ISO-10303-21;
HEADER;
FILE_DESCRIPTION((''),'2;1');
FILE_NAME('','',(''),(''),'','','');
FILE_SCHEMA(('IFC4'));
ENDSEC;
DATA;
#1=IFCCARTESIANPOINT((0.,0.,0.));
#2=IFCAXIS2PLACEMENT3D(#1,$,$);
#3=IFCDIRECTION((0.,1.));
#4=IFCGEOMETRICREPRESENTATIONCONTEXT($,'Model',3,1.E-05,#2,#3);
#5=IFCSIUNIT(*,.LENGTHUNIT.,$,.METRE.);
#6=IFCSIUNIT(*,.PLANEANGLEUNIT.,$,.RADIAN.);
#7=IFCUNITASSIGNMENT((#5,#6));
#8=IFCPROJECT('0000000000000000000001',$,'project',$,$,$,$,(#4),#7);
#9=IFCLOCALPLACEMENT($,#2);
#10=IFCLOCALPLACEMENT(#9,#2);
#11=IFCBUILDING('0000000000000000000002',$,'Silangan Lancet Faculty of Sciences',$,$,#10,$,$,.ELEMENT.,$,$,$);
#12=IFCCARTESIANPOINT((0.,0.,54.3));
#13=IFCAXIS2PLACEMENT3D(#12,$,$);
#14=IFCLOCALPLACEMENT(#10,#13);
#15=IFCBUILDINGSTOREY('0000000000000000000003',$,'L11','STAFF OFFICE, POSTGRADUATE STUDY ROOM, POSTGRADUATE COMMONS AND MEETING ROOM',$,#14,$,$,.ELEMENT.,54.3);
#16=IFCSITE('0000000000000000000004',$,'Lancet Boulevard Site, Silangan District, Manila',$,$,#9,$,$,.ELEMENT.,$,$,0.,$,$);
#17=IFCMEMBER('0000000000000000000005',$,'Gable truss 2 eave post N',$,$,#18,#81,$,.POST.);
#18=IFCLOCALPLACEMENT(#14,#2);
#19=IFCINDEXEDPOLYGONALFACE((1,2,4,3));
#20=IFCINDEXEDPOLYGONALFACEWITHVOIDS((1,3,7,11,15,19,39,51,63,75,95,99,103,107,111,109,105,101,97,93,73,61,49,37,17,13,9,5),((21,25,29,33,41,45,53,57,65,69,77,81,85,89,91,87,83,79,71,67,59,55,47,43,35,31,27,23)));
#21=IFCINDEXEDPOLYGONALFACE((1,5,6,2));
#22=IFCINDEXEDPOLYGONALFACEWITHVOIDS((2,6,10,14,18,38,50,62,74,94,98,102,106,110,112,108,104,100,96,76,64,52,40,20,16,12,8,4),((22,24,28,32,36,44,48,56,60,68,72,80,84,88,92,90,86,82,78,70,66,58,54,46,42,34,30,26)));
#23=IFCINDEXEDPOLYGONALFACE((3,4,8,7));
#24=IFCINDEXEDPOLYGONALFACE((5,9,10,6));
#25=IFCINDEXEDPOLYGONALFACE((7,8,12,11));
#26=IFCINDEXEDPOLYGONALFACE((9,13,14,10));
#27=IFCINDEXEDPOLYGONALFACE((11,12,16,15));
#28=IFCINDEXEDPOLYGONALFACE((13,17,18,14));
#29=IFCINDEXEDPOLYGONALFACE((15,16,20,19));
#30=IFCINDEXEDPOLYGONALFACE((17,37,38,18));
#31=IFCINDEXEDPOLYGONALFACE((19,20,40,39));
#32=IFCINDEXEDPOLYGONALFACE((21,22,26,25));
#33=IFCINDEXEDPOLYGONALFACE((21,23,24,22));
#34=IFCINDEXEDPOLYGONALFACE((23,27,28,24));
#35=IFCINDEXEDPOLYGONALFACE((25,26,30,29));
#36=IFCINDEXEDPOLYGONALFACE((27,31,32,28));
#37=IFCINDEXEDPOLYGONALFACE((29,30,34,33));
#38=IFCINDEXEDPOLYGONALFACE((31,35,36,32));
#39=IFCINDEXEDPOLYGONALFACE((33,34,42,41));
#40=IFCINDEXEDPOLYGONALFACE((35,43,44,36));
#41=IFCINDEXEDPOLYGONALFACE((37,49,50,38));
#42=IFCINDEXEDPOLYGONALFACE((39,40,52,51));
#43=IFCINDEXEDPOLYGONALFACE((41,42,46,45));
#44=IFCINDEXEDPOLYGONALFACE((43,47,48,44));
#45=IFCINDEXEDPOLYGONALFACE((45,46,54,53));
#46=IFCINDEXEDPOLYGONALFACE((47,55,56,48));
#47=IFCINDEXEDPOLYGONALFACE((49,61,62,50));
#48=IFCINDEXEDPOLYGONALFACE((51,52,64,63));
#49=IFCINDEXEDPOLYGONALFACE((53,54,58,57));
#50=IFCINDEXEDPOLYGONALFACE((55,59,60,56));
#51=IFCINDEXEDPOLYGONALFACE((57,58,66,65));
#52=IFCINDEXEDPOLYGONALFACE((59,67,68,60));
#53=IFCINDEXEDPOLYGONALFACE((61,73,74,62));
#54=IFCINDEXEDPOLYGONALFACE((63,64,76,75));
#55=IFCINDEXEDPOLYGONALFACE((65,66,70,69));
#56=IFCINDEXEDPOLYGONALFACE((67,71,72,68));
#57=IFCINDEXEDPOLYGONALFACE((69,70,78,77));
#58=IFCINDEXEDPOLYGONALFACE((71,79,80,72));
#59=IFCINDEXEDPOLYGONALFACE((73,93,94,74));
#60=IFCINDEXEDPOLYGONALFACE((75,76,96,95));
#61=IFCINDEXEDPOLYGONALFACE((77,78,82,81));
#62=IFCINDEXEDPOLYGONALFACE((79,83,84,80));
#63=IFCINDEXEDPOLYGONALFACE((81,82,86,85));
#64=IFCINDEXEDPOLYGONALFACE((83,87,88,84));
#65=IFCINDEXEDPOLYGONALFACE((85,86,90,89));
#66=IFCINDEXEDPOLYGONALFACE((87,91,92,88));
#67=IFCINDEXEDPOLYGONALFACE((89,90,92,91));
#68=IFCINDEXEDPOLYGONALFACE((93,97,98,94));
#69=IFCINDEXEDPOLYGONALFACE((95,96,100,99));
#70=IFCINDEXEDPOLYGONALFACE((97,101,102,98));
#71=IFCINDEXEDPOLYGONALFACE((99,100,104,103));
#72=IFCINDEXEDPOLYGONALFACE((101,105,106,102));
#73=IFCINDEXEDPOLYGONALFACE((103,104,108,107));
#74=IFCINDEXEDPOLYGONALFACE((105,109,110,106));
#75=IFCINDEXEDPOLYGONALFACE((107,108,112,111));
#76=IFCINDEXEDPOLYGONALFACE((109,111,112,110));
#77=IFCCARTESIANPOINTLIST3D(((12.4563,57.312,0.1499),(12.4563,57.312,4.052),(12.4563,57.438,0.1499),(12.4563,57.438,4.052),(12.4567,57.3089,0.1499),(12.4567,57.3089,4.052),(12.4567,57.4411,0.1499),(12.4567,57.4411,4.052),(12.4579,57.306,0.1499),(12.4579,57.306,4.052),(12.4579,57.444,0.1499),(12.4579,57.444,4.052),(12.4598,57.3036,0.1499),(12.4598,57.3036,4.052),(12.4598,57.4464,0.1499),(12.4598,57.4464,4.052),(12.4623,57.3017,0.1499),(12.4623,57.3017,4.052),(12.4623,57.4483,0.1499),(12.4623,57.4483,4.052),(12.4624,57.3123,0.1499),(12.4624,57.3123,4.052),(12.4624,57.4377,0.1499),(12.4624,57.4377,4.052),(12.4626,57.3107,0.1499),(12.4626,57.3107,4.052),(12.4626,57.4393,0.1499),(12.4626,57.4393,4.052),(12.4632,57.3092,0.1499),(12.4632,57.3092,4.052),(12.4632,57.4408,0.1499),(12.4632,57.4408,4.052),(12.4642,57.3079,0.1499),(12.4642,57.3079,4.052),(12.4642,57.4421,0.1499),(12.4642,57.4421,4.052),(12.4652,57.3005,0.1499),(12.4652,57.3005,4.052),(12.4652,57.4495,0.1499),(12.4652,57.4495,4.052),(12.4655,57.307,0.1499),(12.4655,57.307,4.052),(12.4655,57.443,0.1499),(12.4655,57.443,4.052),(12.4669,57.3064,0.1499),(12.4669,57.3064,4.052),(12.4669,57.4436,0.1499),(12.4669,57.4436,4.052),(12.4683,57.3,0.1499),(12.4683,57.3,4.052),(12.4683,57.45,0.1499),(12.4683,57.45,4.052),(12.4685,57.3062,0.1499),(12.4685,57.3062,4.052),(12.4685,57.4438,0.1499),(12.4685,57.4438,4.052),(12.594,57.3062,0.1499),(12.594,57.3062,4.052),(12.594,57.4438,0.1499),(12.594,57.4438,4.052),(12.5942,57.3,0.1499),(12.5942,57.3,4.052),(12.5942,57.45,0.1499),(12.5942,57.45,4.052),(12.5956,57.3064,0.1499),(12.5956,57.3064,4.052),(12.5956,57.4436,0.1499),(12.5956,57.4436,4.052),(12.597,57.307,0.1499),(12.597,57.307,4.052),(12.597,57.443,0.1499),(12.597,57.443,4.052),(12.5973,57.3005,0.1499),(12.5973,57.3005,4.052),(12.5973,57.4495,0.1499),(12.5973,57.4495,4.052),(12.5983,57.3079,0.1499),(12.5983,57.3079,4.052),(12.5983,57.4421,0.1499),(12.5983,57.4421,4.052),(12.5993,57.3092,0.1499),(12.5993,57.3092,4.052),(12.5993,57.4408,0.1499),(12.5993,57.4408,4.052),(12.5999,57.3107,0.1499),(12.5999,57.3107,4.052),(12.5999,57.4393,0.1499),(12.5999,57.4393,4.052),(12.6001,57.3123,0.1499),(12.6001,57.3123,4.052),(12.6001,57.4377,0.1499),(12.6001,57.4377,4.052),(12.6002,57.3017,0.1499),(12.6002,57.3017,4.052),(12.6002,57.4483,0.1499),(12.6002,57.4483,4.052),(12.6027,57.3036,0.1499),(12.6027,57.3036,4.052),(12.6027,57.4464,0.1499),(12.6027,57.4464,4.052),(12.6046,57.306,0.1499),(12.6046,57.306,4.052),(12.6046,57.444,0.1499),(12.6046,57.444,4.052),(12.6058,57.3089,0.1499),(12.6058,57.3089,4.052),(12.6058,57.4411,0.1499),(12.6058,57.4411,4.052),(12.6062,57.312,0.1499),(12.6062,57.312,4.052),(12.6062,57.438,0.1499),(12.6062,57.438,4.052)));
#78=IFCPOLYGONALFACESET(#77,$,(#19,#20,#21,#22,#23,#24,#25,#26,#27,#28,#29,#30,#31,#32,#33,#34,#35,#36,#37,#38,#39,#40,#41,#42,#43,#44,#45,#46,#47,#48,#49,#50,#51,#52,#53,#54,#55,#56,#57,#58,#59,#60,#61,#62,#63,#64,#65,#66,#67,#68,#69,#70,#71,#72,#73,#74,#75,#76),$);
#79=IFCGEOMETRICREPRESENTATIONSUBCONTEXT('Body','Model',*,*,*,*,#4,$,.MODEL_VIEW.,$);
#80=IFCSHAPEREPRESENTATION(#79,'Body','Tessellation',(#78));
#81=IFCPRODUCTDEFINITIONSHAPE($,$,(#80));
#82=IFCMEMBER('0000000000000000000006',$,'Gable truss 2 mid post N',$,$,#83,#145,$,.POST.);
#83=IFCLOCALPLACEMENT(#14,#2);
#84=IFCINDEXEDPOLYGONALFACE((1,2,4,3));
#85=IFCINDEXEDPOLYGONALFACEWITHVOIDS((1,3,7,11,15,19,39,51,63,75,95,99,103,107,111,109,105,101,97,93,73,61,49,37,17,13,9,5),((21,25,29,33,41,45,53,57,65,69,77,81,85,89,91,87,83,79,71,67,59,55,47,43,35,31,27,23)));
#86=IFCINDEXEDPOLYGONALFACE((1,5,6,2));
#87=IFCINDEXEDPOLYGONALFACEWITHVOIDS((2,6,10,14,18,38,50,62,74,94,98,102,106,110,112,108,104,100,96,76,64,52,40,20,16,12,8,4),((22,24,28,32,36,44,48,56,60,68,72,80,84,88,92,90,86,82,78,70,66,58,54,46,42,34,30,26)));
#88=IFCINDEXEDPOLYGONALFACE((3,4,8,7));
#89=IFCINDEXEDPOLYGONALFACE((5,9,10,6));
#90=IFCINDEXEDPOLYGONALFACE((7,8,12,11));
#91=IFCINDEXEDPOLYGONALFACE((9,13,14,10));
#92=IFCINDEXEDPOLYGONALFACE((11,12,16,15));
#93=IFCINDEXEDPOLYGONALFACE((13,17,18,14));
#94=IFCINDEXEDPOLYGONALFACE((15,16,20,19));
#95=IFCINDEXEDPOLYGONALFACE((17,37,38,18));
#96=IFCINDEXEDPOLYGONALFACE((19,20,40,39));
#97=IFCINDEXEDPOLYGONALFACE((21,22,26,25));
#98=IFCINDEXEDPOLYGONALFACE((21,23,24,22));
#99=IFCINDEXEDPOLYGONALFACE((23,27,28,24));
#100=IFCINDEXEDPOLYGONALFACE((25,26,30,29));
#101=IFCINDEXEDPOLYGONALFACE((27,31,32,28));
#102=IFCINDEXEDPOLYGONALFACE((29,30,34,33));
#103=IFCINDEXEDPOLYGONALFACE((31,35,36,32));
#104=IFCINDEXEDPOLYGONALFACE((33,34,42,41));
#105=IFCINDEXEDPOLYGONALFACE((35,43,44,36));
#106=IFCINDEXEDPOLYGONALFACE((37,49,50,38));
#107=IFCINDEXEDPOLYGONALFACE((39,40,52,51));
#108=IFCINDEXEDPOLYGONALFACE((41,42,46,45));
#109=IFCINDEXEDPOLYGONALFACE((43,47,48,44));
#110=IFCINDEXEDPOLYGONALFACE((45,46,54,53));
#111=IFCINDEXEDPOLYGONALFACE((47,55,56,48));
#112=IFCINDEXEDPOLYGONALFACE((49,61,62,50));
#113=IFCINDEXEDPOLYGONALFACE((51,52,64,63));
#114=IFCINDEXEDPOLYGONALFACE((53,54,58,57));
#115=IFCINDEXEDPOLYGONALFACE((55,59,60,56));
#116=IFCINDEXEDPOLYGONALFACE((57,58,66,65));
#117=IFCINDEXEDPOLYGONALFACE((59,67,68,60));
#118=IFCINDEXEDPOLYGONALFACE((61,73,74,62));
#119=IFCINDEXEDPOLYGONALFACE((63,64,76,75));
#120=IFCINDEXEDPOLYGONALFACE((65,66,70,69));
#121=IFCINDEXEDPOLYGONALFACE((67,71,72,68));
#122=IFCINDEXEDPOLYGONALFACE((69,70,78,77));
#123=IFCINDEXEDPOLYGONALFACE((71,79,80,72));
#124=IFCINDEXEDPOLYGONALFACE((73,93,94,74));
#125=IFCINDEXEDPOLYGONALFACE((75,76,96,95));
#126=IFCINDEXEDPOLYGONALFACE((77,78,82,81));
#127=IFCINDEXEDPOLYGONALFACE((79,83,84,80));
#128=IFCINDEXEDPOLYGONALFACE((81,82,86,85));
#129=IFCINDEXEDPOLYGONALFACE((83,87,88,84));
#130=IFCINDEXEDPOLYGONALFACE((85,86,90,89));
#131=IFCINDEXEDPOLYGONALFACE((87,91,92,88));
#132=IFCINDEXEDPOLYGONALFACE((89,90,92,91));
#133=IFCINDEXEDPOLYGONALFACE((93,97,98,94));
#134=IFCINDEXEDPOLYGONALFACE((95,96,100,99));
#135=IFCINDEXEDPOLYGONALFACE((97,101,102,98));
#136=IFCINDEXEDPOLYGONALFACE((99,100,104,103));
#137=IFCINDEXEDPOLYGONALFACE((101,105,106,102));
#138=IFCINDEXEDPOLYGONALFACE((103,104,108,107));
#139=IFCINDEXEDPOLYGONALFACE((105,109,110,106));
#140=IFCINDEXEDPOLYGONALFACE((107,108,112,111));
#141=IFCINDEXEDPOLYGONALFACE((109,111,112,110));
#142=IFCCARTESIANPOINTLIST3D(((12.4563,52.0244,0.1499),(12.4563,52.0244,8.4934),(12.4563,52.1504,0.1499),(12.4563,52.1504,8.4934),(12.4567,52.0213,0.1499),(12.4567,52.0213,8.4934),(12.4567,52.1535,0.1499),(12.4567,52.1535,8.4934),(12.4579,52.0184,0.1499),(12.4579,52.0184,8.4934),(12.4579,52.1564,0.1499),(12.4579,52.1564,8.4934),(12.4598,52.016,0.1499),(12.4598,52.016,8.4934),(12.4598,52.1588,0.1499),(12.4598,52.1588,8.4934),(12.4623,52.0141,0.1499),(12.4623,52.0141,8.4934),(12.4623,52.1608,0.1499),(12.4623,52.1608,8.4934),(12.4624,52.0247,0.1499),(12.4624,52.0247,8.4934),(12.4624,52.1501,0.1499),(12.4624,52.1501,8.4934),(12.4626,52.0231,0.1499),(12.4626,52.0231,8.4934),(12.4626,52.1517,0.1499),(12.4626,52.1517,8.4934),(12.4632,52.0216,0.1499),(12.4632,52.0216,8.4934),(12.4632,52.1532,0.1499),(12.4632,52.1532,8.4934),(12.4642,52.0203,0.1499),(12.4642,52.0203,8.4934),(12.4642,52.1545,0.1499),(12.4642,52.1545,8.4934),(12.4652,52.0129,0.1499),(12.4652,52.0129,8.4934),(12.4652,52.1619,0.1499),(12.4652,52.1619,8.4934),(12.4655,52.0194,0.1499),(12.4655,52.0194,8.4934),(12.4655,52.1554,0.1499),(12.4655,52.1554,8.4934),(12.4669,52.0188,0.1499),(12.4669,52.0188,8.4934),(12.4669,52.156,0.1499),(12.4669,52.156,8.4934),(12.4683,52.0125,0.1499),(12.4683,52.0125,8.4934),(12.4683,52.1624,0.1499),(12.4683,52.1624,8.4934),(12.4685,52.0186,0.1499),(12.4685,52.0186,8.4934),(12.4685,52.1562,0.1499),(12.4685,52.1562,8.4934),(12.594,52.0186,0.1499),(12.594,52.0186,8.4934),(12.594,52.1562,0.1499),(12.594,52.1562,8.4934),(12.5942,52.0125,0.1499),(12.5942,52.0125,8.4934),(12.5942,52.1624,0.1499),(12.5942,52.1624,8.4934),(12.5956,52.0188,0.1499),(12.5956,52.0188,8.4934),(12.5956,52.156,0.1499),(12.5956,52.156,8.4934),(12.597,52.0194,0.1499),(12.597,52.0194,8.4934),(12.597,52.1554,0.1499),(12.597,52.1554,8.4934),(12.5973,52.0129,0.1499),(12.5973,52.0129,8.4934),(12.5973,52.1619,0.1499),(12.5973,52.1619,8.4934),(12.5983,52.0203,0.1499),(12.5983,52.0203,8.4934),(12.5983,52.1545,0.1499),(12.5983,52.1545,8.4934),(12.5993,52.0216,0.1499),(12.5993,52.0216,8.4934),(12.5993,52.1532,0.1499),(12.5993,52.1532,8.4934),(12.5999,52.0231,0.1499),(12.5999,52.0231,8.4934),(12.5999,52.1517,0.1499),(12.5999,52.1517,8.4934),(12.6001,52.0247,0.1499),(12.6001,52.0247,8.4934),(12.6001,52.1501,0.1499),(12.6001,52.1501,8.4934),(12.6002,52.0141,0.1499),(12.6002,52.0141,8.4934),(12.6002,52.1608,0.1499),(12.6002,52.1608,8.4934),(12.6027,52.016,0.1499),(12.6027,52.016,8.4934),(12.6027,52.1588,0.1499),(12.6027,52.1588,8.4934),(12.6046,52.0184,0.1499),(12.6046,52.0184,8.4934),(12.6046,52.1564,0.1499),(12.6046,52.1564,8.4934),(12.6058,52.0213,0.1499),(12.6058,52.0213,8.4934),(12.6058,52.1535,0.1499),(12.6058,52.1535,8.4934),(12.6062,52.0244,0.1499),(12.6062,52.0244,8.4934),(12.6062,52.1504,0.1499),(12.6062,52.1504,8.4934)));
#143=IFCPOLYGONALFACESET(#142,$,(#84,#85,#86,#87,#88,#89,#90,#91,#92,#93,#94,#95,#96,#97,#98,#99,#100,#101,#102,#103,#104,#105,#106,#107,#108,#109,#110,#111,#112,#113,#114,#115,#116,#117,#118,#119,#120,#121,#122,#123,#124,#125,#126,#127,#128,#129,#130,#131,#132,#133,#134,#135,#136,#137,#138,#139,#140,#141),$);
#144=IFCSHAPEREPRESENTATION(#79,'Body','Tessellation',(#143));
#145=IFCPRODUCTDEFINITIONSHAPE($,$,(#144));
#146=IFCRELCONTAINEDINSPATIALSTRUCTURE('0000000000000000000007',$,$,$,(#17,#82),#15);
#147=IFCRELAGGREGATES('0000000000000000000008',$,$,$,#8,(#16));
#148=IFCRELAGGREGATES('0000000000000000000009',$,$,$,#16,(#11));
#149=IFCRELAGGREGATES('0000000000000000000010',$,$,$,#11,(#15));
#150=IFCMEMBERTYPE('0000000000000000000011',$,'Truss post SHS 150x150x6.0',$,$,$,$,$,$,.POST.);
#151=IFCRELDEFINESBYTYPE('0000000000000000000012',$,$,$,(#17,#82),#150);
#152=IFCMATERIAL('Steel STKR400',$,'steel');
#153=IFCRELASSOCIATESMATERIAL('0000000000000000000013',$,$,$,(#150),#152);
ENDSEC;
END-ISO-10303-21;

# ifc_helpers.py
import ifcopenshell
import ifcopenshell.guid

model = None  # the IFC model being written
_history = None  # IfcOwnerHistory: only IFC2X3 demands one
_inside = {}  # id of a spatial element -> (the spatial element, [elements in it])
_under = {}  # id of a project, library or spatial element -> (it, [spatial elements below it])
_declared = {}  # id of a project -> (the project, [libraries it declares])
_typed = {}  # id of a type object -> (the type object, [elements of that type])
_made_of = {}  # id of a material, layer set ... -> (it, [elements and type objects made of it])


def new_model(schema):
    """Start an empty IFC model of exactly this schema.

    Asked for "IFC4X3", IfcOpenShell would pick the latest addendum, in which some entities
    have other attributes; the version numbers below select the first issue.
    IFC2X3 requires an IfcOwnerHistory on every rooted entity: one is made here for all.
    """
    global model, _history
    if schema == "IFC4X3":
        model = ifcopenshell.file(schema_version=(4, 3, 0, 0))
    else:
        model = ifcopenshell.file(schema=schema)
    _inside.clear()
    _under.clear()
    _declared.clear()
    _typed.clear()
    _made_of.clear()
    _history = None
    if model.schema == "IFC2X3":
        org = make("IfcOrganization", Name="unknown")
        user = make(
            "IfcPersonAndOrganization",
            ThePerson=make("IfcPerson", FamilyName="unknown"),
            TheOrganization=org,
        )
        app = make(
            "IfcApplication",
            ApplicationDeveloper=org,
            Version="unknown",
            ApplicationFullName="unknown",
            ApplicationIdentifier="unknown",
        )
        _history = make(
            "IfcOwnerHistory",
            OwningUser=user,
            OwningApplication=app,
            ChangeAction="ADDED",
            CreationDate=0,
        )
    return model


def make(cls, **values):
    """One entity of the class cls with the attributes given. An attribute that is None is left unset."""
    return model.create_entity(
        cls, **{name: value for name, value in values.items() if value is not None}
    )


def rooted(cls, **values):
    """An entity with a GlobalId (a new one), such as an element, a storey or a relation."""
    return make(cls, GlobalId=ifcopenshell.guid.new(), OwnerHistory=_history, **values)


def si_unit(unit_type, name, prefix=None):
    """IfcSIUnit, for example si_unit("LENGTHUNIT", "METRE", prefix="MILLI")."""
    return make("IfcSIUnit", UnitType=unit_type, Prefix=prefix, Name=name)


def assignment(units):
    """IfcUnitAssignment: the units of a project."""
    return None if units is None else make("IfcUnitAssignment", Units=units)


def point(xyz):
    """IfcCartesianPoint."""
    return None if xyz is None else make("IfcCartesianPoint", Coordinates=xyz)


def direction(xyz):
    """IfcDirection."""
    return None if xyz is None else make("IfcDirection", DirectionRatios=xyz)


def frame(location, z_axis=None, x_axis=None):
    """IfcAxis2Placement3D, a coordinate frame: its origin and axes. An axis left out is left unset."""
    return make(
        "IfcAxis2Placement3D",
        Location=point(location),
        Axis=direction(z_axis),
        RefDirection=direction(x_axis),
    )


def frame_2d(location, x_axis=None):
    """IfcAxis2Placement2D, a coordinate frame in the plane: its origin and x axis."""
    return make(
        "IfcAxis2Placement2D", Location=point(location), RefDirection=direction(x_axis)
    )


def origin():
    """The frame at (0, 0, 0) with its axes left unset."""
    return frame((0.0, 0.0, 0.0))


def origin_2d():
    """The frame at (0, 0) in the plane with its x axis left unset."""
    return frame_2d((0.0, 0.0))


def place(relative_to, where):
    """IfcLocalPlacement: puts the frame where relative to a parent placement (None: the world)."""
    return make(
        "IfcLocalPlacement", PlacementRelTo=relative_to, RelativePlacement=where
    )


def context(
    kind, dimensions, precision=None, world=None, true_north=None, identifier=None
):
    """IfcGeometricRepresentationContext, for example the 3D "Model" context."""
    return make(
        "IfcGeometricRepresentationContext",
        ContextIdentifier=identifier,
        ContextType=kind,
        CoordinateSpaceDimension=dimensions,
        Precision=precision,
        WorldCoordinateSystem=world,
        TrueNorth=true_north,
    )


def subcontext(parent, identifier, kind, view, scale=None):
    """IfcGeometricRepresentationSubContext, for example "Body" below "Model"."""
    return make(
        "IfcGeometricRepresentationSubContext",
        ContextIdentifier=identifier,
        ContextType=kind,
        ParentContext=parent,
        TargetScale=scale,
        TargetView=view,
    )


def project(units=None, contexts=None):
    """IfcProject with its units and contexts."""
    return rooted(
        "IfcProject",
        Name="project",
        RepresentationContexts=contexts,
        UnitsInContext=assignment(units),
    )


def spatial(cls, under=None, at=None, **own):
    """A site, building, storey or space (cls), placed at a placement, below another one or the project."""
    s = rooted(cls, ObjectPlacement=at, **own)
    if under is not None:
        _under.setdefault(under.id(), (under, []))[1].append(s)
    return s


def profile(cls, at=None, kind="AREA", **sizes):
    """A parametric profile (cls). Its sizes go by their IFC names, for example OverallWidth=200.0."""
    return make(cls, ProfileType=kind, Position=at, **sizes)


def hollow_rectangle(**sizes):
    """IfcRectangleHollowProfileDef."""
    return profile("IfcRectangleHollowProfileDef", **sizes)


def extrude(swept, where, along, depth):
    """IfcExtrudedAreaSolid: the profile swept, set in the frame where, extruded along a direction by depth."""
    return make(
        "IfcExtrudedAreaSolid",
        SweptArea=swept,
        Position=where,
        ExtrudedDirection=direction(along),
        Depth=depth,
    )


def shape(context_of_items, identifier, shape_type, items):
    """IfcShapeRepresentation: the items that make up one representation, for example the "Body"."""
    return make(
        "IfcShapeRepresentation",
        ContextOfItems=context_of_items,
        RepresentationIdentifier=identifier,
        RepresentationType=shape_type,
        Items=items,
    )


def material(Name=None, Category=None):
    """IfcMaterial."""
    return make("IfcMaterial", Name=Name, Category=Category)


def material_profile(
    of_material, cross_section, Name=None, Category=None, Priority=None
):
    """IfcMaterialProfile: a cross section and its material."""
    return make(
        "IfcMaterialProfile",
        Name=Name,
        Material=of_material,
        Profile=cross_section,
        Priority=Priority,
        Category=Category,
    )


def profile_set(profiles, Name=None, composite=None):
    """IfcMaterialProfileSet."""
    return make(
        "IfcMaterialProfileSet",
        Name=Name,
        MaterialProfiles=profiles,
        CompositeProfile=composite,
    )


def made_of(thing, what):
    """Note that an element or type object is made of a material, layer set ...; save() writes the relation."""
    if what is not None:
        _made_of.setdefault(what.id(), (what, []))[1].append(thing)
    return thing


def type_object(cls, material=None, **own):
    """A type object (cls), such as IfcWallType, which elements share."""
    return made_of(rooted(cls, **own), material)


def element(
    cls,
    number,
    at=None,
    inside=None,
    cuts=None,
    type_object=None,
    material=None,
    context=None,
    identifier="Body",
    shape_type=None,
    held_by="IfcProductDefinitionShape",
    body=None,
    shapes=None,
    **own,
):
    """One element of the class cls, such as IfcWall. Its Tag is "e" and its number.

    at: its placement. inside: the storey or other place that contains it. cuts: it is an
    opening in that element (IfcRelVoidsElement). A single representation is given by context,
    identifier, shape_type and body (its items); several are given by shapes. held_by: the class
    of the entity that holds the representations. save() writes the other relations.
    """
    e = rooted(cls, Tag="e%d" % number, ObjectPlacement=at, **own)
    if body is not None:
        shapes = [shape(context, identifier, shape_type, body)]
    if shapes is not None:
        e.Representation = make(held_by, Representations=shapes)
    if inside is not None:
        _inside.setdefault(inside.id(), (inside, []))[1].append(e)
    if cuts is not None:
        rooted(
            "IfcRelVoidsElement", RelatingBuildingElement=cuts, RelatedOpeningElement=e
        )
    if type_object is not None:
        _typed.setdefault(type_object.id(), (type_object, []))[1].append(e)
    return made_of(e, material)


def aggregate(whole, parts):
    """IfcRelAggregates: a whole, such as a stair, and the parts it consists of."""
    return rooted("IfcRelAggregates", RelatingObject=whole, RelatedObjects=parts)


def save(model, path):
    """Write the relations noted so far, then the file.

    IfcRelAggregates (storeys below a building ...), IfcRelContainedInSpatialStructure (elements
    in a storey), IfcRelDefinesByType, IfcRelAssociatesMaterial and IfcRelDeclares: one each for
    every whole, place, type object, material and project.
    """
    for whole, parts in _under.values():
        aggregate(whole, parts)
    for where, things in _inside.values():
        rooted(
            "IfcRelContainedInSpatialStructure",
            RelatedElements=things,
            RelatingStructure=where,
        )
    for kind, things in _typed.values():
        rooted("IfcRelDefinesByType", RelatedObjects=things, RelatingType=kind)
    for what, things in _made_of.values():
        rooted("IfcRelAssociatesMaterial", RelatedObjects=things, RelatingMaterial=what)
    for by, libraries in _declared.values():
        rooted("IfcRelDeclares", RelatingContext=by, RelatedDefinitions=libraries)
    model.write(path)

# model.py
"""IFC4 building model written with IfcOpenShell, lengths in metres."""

from ifc_helpers import new_model, si_unit, direction, frame, origin, origin_2d, place, context, subcontext, project, spatial, hollow_rectangle, extrude, material, material_profile, profile_set, type_object, element, save


model = new_model("IFC4")

# Units and contexts
model_context = context("Model", 3, precision=1e-05, world=origin(), true_north=direction((0.0, 1.0)))
body_context = subcontext(model_context, "Body", "Model", "MODEL_VIEW")
ifc_project = project(units=[si_unit("LENGTHUNIT", "METRE"), si_unit("PLANEANGLEUNIT", "RADIAN")], contexts=[model_context])

# Site, building, storey
site_placement = place(None, origin())
site = spatial("IfcSite", under=ifc_project, at=site_placement, Name="Lancet Boulevard Site, Silangan District, Manila", CompositionType="ELEMENT", RefElevation=0.0)
building_placement = place(site_placement, origin())
building = spatial("IfcBuilding", under=site, at=building_placement, Name="Silangan Lancet Faculty of Sciences", CompositionType="ELEMENT")
storey_placement = place(building_placement, frame((0.0, 0.0, 54.3)))
storey = spatial("IfcBuildingStorey", under=building, at=storey_placement, Name="L11", Description="STAFF OFFICE, POSTGRADUATE STUDY ROOM, POSTGRADUATE COMMONS AND MEETING ROOM", CompositionType="ELEMENT", Elevation=54.3)

# Members
ifc_material_1 = material(Name="Steel STKR400", Category="steel")
ifc_material_profile_1 = material_profile(ifc_material_1, hollow_rectangle(XDim=0.1499, YDim=0.1499, WallThickness=0.0061, InnerFilletRadius=0.0061, OuterFilletRadius=0.012, at=origin_2d()), Name="SHS 150x150x6.0")
ifc_profile_set_1 = profile_set([ifc_material_profile_1], Name="Steel STKR400")
member_type_1 = type_object("IfcMemberType", Name="Truss post SHS 150x150x6.0", PredefinedType="POST", material=ifc_profile_set_1)
member_1_placement = place(storey_placement, frame((12.5312, 57.375, 0.1499), z_axis=(0.0, 0.0, 1.0), x_axis=(1.0, 0.0, 0.0)))
element("IfcMember", 1, at=member_1_placement, inside=storey, type_object=member_type_1, Name="Gable truss 2 eave post N", PredefinedType="POST", context=body_context, shape_type="SweptSolid", body=[
    extrude(hollow_rectangle(XDim=0.1499, YDim=0.1499, WallThickness=0.0061, InnerFilletRadius=0.0061, OuterFilletRadius=0.012, at=origin_2d()), origin(), (0.0, 0.0, 1.0), 3.9021),
])
member_2_placement = place(storey_placement, frame((12.5312, 52.0874, 0.1499), z_axis=(0.0, 0.0, 1.0), x_axis=(1.0, 0.0, 0.0)))
element("IfcMember", 2, at=member_2_placement, inside=storey, type_object=member_type_1, Name="Gable truss 2 mid post N", PredefinedType="POST", context=body_context, shape_type="SweptSolid", body=[
    extrude(hollow_rectangle(XDim=0.1499, YDim=0.1499, WallThickness=0.0061, InnerFilletRadius=0.0061, OuterFilletRadius=0.012, at=origin_2d()), origin(), (0.0, 0.0, 1.0), 8.3435),
])

save(model, "model.ifc")
